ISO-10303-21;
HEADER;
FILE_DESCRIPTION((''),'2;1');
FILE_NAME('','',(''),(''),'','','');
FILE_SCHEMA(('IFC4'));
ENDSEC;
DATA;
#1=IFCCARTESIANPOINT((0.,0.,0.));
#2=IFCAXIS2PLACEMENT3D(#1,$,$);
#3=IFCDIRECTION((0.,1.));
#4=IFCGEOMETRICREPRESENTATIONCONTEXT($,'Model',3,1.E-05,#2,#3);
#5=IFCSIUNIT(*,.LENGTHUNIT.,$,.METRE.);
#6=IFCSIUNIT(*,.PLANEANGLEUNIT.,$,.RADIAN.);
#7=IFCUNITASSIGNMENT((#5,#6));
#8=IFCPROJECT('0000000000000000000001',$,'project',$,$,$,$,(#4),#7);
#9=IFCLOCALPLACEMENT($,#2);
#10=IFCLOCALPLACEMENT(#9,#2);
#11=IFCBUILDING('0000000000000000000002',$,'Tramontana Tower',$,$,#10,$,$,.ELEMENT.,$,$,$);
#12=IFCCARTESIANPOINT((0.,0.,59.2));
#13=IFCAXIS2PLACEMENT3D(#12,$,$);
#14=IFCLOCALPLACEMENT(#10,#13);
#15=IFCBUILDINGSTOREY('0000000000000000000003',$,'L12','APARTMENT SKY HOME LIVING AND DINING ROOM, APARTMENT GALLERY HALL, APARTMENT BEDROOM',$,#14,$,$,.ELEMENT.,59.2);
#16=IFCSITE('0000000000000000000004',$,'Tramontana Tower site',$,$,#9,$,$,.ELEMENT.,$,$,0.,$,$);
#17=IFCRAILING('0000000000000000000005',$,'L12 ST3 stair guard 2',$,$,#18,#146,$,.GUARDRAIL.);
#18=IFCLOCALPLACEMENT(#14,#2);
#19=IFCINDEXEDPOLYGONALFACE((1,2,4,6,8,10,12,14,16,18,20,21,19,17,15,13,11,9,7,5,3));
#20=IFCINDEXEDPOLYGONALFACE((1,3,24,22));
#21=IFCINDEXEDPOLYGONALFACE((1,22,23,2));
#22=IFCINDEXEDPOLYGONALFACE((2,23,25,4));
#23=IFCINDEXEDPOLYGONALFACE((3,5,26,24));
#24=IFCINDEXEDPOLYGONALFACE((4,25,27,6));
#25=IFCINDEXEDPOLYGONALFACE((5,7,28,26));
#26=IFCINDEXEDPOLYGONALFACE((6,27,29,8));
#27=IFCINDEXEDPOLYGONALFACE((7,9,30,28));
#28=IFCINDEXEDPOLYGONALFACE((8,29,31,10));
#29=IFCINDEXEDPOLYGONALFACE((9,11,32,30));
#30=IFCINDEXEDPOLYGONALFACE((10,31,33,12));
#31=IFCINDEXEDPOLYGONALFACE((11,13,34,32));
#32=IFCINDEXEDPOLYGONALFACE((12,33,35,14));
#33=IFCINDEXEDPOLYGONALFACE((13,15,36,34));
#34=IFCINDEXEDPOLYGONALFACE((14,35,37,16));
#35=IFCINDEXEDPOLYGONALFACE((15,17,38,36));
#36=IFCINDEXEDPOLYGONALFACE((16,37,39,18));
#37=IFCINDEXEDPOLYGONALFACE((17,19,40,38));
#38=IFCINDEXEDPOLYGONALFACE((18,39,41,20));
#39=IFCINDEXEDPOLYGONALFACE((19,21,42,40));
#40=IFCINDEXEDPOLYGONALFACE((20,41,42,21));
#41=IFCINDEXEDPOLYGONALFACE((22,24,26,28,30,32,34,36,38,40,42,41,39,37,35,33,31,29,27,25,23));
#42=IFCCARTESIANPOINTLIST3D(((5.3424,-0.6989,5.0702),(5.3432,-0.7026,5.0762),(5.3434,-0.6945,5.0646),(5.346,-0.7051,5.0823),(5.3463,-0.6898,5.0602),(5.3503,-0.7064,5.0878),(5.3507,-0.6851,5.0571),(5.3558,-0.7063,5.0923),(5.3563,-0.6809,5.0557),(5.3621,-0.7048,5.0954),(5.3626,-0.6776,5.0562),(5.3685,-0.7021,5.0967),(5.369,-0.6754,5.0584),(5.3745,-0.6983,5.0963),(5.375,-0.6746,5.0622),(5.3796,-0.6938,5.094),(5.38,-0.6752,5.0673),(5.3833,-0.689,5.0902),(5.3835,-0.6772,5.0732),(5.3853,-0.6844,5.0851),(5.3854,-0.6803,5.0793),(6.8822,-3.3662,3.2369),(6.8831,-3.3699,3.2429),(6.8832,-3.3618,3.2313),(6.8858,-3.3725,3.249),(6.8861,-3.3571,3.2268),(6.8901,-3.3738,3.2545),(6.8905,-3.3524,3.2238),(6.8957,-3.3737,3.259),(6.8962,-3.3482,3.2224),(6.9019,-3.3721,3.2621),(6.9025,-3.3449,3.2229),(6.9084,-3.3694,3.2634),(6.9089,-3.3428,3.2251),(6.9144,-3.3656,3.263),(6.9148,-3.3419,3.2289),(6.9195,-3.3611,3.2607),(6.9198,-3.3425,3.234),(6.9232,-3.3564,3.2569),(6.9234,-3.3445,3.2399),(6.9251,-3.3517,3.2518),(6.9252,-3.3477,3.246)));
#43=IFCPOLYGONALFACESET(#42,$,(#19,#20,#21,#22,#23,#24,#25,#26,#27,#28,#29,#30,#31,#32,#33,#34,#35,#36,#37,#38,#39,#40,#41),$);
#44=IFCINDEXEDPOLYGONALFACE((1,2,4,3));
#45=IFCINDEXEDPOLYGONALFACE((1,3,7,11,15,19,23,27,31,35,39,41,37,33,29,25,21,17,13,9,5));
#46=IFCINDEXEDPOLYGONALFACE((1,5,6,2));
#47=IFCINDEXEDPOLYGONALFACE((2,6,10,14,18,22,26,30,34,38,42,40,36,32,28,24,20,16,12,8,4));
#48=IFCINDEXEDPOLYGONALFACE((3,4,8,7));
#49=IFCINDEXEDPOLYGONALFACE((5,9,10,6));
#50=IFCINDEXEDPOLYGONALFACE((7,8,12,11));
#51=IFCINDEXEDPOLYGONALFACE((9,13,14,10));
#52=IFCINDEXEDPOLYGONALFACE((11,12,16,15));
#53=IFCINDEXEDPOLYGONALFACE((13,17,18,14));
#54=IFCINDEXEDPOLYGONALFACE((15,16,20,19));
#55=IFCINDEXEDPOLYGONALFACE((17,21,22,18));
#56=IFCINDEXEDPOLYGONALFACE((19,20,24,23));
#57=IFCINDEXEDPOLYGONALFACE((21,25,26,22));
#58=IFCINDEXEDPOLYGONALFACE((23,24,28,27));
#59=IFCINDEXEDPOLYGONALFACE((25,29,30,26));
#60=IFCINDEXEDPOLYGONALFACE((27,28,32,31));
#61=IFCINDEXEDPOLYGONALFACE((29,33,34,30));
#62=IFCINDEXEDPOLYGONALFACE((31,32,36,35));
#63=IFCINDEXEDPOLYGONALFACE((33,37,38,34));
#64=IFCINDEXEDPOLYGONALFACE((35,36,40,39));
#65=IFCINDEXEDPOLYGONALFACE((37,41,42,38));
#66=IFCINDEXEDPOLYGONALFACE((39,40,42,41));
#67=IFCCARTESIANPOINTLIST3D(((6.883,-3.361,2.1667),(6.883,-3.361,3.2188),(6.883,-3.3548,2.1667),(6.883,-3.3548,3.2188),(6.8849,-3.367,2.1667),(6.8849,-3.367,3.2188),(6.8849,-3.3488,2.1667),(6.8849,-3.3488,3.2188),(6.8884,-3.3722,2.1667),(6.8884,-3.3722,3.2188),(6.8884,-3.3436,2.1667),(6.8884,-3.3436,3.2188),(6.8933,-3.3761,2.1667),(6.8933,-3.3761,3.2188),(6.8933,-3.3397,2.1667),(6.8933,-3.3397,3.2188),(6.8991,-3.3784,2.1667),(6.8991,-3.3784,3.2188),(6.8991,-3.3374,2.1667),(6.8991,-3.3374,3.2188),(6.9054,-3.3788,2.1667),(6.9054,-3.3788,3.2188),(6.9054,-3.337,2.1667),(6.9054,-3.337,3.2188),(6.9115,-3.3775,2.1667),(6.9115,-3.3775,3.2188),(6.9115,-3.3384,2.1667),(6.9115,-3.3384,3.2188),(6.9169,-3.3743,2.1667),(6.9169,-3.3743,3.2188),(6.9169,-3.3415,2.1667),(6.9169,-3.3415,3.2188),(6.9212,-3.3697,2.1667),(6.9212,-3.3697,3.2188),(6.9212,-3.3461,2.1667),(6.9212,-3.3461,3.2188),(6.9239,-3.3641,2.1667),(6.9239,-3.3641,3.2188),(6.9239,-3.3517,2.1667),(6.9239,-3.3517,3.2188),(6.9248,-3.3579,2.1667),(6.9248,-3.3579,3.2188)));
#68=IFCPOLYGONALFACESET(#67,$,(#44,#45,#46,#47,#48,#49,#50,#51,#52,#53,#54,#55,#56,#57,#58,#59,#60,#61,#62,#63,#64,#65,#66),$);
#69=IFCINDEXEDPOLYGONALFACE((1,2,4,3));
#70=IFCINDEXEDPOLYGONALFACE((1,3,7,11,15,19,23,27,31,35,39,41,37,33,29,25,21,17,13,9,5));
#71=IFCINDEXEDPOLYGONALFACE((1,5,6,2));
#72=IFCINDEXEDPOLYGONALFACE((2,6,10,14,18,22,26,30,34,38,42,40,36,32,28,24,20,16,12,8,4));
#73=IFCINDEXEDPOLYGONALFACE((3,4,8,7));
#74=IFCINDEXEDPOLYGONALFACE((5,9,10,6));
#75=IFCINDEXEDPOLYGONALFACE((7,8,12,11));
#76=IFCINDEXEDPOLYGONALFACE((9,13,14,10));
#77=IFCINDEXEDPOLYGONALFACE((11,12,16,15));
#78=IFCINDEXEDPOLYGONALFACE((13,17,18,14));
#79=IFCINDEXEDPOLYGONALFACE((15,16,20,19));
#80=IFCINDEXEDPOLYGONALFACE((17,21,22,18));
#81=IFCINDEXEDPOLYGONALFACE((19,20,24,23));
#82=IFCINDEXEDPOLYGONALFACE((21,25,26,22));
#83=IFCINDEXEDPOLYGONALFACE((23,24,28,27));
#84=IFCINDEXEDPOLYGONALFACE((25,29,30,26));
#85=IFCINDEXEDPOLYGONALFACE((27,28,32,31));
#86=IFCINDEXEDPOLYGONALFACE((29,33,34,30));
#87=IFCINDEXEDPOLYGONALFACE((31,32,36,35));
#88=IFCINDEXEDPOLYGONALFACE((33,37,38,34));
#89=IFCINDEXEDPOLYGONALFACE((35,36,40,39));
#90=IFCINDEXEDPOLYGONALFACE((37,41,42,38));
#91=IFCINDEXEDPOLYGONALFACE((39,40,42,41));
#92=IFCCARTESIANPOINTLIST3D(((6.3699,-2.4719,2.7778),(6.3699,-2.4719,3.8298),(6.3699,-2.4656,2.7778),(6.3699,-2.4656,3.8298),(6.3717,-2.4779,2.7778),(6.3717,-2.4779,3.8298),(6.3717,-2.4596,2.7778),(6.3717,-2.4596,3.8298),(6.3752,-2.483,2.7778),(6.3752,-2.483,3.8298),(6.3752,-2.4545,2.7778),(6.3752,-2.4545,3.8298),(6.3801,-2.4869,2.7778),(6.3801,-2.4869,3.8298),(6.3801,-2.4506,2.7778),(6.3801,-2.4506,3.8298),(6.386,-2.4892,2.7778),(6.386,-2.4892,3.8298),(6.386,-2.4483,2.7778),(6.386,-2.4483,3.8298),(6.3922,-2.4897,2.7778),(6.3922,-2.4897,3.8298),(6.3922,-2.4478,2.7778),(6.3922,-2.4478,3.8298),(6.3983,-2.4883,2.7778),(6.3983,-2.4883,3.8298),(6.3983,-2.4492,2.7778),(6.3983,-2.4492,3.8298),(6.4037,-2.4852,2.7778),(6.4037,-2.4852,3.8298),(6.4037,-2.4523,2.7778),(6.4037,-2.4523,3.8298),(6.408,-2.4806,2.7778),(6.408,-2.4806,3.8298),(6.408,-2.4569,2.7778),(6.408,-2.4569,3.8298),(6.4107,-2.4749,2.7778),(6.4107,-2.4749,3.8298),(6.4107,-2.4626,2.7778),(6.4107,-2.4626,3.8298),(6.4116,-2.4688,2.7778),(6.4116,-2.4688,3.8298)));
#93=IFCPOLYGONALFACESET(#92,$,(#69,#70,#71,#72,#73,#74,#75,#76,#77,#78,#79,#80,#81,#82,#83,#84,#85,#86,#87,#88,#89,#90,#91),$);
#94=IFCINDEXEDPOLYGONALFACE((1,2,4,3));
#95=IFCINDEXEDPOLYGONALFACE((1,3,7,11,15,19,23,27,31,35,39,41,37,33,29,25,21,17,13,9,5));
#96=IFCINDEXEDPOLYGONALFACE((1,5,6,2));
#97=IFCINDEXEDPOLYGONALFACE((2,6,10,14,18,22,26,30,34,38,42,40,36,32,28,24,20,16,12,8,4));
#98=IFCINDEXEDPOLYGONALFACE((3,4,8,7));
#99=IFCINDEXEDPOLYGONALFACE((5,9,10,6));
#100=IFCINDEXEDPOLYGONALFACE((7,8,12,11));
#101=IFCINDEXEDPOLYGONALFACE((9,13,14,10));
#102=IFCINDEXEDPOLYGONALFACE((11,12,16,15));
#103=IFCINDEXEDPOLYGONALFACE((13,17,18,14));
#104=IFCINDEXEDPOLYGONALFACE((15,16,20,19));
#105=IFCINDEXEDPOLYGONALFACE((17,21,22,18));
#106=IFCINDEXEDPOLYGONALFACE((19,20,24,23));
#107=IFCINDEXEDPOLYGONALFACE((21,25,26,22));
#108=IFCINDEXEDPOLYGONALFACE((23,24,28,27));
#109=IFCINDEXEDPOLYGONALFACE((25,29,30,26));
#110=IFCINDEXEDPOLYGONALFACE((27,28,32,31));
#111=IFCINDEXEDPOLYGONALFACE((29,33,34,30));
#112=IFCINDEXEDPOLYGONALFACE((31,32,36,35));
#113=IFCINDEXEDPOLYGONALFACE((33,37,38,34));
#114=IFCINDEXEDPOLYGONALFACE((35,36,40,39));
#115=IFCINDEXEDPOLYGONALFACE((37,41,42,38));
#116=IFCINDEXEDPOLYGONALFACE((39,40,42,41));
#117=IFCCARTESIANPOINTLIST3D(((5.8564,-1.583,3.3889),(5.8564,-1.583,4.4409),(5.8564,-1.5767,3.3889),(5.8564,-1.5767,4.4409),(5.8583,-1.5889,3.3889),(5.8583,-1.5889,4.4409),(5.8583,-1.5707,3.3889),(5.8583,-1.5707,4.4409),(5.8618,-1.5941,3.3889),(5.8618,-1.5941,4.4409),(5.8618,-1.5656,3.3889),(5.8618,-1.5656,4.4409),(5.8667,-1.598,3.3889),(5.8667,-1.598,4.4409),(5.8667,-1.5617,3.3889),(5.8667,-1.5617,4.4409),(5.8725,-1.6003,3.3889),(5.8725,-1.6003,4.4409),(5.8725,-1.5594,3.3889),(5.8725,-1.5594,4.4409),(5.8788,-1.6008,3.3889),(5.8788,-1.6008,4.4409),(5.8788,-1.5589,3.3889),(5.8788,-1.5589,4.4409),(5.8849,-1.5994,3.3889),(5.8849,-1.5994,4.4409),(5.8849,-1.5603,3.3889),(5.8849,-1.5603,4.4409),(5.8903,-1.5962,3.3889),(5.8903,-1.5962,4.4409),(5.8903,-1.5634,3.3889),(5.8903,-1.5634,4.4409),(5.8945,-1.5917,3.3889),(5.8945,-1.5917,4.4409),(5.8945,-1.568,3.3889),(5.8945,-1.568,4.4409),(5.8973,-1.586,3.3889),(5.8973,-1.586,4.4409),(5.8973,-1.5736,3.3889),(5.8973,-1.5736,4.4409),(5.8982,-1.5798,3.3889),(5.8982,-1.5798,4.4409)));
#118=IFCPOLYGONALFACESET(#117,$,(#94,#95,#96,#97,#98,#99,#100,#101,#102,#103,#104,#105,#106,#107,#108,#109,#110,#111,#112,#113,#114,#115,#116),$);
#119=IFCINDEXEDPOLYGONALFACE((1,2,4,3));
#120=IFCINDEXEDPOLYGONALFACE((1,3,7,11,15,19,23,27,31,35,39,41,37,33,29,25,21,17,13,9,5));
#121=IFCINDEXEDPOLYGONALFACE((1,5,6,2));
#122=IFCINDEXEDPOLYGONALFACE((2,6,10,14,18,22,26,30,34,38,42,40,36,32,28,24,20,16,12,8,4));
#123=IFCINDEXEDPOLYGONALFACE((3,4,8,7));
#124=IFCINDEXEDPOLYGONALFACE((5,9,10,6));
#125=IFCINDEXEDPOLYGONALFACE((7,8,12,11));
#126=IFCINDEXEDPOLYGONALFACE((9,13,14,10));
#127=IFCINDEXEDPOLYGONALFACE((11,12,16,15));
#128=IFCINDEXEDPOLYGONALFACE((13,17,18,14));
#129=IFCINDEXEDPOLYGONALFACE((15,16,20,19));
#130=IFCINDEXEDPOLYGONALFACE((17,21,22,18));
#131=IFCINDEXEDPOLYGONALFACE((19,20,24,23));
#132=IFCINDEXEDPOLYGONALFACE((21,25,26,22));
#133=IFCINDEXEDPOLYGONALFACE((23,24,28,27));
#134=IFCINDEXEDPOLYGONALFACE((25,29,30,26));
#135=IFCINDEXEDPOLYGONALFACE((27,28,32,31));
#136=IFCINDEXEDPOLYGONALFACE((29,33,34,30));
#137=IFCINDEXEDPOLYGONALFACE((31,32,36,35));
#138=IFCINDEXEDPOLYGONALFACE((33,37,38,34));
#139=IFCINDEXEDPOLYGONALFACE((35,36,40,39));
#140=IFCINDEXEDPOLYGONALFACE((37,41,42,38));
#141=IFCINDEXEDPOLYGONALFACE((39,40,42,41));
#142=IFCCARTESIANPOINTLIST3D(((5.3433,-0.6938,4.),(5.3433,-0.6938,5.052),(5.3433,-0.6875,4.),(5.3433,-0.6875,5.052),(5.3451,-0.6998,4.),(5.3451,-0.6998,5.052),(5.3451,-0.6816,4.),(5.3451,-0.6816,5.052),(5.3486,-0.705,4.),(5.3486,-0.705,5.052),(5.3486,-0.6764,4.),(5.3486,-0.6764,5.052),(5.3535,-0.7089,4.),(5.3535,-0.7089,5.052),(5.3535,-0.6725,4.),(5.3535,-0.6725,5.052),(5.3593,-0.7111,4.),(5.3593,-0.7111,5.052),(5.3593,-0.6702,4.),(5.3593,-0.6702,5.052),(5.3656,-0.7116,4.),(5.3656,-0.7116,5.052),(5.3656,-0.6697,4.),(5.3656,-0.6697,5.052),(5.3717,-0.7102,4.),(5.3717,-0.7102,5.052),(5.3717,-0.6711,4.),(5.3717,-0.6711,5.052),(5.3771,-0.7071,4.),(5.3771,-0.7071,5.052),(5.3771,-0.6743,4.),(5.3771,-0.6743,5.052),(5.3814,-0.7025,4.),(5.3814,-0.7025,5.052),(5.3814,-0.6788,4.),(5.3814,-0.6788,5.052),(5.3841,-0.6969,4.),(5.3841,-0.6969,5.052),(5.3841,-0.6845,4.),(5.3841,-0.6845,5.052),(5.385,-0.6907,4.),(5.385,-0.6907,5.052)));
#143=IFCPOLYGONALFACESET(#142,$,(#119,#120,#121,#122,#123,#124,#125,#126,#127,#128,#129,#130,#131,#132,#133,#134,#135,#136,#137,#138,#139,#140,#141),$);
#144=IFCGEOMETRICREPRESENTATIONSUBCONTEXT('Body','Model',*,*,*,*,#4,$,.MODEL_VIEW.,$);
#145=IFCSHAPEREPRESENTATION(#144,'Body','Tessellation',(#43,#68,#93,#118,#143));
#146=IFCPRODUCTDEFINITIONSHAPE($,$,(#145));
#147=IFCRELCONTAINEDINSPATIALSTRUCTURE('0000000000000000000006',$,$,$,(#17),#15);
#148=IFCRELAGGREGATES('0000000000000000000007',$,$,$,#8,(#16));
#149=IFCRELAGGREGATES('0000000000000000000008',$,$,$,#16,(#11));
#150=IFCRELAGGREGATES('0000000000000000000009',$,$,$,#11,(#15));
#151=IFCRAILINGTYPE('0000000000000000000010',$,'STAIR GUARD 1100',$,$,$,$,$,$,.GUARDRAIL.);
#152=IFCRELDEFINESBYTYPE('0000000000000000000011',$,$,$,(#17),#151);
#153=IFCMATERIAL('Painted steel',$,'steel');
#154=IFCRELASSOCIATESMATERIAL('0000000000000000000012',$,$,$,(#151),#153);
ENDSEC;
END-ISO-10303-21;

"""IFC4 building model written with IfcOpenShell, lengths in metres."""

from ifc_helpers import new_model, si_unit, direction, frame, origin, origin_2d, place, context, subcontext, project, spatial, circle, extrude, material, type_object, element, save


model = new_model("IFC4")

# Units and contexts
model_context = context("Model", 3, precision=1e-05, world=origin(), true_north=direction((0.0, 1.0)))
body_context = subcontext(model_context, "Body", "Model", "MODEL_VIEW")
ifc_project = project(units=[si_unit("LENGTHUNIT", "METRE"), si_unit("PLANEANGLEUNIT", "RADIAN")], contexts=[model_context])

# Site, building, storey
site_placement = place(None, origin())
site = spatial("IfcSite", under=ifc_project, at=site_placement, Name="Tramontana Tower site", CompositionType="ELEMENT", RefElevation=0.0)
building_placement = place(site_placement, origin())
building = spatial("IfcBuilding", under=site, at=building_placement, Name="Tramontana Tower", CompositionType="ELEMENT")
storey_placement = place(building_placement, frame((0.0, 0.0, 59.2)))
storey = spatial("IfcBuildingStorey", under=building, at=storey_placement, Name="L12", Description="APARTMENT SKY HOME LIVING AND DINING ROOM, APARTMENT GALLERY HALL, APARTMENT BEDROOM", CompositionType="ELEMENT", Elevation=59.2)

# Railing
ifc_material_1 = material(Name="Painted steel", Category="steel")
railing_type_1 = type_object("IfcRailingType", Name="STAIR GUARD 1100", PredefinedType="GUARDRAIL", material=ifc_material_1)
railing_1_placement = place(storey_placement, frame((6.9038, -3.3579, 2.1667)))
element("IfcRailing", 1, at=railing_1_placement, inside=storey, type_object=railing_type_1, Name="L12 ST3 stair guard 2", PredefinedType="GUARDRAIL", context=body_context, shape_type="SweptSolid", body=[
    extrude(circle(Radius=0.0239, at=origin_2d()), frame((0.0, 0.0, 1.0762), z_axis=(-0.429616, 0.744181, 0.511493), x_axis=(-0.866044, -0.499967, 0.0)), (0.0, 0.0, 1.0), 3.5842),
    extrude(circle(Radius=0.021, at=origin_2d()), origin(), (0.0, 0.0, 1.0), 1.052),
    extrude(circle(Radius=0.021, at=origin_2d()), frame((-0.5132, 0.8892, 0.6111)), (0.0, 0.0, 1.0), 1.052),
    extrude(circle(Radius=0.021, at=origin_2d()), frame((-1.0266, 1.7781, 1.2222)), (0.0, 0.0, 1.0), 1.052),
    extrude(circle(Radius=0.021, at=origin_2d()), frame((-1.5398, 2.6672, 1.8333)), (0.0, 0.0, 1.0), 1.052),
])

save(model, "model.ifc")
